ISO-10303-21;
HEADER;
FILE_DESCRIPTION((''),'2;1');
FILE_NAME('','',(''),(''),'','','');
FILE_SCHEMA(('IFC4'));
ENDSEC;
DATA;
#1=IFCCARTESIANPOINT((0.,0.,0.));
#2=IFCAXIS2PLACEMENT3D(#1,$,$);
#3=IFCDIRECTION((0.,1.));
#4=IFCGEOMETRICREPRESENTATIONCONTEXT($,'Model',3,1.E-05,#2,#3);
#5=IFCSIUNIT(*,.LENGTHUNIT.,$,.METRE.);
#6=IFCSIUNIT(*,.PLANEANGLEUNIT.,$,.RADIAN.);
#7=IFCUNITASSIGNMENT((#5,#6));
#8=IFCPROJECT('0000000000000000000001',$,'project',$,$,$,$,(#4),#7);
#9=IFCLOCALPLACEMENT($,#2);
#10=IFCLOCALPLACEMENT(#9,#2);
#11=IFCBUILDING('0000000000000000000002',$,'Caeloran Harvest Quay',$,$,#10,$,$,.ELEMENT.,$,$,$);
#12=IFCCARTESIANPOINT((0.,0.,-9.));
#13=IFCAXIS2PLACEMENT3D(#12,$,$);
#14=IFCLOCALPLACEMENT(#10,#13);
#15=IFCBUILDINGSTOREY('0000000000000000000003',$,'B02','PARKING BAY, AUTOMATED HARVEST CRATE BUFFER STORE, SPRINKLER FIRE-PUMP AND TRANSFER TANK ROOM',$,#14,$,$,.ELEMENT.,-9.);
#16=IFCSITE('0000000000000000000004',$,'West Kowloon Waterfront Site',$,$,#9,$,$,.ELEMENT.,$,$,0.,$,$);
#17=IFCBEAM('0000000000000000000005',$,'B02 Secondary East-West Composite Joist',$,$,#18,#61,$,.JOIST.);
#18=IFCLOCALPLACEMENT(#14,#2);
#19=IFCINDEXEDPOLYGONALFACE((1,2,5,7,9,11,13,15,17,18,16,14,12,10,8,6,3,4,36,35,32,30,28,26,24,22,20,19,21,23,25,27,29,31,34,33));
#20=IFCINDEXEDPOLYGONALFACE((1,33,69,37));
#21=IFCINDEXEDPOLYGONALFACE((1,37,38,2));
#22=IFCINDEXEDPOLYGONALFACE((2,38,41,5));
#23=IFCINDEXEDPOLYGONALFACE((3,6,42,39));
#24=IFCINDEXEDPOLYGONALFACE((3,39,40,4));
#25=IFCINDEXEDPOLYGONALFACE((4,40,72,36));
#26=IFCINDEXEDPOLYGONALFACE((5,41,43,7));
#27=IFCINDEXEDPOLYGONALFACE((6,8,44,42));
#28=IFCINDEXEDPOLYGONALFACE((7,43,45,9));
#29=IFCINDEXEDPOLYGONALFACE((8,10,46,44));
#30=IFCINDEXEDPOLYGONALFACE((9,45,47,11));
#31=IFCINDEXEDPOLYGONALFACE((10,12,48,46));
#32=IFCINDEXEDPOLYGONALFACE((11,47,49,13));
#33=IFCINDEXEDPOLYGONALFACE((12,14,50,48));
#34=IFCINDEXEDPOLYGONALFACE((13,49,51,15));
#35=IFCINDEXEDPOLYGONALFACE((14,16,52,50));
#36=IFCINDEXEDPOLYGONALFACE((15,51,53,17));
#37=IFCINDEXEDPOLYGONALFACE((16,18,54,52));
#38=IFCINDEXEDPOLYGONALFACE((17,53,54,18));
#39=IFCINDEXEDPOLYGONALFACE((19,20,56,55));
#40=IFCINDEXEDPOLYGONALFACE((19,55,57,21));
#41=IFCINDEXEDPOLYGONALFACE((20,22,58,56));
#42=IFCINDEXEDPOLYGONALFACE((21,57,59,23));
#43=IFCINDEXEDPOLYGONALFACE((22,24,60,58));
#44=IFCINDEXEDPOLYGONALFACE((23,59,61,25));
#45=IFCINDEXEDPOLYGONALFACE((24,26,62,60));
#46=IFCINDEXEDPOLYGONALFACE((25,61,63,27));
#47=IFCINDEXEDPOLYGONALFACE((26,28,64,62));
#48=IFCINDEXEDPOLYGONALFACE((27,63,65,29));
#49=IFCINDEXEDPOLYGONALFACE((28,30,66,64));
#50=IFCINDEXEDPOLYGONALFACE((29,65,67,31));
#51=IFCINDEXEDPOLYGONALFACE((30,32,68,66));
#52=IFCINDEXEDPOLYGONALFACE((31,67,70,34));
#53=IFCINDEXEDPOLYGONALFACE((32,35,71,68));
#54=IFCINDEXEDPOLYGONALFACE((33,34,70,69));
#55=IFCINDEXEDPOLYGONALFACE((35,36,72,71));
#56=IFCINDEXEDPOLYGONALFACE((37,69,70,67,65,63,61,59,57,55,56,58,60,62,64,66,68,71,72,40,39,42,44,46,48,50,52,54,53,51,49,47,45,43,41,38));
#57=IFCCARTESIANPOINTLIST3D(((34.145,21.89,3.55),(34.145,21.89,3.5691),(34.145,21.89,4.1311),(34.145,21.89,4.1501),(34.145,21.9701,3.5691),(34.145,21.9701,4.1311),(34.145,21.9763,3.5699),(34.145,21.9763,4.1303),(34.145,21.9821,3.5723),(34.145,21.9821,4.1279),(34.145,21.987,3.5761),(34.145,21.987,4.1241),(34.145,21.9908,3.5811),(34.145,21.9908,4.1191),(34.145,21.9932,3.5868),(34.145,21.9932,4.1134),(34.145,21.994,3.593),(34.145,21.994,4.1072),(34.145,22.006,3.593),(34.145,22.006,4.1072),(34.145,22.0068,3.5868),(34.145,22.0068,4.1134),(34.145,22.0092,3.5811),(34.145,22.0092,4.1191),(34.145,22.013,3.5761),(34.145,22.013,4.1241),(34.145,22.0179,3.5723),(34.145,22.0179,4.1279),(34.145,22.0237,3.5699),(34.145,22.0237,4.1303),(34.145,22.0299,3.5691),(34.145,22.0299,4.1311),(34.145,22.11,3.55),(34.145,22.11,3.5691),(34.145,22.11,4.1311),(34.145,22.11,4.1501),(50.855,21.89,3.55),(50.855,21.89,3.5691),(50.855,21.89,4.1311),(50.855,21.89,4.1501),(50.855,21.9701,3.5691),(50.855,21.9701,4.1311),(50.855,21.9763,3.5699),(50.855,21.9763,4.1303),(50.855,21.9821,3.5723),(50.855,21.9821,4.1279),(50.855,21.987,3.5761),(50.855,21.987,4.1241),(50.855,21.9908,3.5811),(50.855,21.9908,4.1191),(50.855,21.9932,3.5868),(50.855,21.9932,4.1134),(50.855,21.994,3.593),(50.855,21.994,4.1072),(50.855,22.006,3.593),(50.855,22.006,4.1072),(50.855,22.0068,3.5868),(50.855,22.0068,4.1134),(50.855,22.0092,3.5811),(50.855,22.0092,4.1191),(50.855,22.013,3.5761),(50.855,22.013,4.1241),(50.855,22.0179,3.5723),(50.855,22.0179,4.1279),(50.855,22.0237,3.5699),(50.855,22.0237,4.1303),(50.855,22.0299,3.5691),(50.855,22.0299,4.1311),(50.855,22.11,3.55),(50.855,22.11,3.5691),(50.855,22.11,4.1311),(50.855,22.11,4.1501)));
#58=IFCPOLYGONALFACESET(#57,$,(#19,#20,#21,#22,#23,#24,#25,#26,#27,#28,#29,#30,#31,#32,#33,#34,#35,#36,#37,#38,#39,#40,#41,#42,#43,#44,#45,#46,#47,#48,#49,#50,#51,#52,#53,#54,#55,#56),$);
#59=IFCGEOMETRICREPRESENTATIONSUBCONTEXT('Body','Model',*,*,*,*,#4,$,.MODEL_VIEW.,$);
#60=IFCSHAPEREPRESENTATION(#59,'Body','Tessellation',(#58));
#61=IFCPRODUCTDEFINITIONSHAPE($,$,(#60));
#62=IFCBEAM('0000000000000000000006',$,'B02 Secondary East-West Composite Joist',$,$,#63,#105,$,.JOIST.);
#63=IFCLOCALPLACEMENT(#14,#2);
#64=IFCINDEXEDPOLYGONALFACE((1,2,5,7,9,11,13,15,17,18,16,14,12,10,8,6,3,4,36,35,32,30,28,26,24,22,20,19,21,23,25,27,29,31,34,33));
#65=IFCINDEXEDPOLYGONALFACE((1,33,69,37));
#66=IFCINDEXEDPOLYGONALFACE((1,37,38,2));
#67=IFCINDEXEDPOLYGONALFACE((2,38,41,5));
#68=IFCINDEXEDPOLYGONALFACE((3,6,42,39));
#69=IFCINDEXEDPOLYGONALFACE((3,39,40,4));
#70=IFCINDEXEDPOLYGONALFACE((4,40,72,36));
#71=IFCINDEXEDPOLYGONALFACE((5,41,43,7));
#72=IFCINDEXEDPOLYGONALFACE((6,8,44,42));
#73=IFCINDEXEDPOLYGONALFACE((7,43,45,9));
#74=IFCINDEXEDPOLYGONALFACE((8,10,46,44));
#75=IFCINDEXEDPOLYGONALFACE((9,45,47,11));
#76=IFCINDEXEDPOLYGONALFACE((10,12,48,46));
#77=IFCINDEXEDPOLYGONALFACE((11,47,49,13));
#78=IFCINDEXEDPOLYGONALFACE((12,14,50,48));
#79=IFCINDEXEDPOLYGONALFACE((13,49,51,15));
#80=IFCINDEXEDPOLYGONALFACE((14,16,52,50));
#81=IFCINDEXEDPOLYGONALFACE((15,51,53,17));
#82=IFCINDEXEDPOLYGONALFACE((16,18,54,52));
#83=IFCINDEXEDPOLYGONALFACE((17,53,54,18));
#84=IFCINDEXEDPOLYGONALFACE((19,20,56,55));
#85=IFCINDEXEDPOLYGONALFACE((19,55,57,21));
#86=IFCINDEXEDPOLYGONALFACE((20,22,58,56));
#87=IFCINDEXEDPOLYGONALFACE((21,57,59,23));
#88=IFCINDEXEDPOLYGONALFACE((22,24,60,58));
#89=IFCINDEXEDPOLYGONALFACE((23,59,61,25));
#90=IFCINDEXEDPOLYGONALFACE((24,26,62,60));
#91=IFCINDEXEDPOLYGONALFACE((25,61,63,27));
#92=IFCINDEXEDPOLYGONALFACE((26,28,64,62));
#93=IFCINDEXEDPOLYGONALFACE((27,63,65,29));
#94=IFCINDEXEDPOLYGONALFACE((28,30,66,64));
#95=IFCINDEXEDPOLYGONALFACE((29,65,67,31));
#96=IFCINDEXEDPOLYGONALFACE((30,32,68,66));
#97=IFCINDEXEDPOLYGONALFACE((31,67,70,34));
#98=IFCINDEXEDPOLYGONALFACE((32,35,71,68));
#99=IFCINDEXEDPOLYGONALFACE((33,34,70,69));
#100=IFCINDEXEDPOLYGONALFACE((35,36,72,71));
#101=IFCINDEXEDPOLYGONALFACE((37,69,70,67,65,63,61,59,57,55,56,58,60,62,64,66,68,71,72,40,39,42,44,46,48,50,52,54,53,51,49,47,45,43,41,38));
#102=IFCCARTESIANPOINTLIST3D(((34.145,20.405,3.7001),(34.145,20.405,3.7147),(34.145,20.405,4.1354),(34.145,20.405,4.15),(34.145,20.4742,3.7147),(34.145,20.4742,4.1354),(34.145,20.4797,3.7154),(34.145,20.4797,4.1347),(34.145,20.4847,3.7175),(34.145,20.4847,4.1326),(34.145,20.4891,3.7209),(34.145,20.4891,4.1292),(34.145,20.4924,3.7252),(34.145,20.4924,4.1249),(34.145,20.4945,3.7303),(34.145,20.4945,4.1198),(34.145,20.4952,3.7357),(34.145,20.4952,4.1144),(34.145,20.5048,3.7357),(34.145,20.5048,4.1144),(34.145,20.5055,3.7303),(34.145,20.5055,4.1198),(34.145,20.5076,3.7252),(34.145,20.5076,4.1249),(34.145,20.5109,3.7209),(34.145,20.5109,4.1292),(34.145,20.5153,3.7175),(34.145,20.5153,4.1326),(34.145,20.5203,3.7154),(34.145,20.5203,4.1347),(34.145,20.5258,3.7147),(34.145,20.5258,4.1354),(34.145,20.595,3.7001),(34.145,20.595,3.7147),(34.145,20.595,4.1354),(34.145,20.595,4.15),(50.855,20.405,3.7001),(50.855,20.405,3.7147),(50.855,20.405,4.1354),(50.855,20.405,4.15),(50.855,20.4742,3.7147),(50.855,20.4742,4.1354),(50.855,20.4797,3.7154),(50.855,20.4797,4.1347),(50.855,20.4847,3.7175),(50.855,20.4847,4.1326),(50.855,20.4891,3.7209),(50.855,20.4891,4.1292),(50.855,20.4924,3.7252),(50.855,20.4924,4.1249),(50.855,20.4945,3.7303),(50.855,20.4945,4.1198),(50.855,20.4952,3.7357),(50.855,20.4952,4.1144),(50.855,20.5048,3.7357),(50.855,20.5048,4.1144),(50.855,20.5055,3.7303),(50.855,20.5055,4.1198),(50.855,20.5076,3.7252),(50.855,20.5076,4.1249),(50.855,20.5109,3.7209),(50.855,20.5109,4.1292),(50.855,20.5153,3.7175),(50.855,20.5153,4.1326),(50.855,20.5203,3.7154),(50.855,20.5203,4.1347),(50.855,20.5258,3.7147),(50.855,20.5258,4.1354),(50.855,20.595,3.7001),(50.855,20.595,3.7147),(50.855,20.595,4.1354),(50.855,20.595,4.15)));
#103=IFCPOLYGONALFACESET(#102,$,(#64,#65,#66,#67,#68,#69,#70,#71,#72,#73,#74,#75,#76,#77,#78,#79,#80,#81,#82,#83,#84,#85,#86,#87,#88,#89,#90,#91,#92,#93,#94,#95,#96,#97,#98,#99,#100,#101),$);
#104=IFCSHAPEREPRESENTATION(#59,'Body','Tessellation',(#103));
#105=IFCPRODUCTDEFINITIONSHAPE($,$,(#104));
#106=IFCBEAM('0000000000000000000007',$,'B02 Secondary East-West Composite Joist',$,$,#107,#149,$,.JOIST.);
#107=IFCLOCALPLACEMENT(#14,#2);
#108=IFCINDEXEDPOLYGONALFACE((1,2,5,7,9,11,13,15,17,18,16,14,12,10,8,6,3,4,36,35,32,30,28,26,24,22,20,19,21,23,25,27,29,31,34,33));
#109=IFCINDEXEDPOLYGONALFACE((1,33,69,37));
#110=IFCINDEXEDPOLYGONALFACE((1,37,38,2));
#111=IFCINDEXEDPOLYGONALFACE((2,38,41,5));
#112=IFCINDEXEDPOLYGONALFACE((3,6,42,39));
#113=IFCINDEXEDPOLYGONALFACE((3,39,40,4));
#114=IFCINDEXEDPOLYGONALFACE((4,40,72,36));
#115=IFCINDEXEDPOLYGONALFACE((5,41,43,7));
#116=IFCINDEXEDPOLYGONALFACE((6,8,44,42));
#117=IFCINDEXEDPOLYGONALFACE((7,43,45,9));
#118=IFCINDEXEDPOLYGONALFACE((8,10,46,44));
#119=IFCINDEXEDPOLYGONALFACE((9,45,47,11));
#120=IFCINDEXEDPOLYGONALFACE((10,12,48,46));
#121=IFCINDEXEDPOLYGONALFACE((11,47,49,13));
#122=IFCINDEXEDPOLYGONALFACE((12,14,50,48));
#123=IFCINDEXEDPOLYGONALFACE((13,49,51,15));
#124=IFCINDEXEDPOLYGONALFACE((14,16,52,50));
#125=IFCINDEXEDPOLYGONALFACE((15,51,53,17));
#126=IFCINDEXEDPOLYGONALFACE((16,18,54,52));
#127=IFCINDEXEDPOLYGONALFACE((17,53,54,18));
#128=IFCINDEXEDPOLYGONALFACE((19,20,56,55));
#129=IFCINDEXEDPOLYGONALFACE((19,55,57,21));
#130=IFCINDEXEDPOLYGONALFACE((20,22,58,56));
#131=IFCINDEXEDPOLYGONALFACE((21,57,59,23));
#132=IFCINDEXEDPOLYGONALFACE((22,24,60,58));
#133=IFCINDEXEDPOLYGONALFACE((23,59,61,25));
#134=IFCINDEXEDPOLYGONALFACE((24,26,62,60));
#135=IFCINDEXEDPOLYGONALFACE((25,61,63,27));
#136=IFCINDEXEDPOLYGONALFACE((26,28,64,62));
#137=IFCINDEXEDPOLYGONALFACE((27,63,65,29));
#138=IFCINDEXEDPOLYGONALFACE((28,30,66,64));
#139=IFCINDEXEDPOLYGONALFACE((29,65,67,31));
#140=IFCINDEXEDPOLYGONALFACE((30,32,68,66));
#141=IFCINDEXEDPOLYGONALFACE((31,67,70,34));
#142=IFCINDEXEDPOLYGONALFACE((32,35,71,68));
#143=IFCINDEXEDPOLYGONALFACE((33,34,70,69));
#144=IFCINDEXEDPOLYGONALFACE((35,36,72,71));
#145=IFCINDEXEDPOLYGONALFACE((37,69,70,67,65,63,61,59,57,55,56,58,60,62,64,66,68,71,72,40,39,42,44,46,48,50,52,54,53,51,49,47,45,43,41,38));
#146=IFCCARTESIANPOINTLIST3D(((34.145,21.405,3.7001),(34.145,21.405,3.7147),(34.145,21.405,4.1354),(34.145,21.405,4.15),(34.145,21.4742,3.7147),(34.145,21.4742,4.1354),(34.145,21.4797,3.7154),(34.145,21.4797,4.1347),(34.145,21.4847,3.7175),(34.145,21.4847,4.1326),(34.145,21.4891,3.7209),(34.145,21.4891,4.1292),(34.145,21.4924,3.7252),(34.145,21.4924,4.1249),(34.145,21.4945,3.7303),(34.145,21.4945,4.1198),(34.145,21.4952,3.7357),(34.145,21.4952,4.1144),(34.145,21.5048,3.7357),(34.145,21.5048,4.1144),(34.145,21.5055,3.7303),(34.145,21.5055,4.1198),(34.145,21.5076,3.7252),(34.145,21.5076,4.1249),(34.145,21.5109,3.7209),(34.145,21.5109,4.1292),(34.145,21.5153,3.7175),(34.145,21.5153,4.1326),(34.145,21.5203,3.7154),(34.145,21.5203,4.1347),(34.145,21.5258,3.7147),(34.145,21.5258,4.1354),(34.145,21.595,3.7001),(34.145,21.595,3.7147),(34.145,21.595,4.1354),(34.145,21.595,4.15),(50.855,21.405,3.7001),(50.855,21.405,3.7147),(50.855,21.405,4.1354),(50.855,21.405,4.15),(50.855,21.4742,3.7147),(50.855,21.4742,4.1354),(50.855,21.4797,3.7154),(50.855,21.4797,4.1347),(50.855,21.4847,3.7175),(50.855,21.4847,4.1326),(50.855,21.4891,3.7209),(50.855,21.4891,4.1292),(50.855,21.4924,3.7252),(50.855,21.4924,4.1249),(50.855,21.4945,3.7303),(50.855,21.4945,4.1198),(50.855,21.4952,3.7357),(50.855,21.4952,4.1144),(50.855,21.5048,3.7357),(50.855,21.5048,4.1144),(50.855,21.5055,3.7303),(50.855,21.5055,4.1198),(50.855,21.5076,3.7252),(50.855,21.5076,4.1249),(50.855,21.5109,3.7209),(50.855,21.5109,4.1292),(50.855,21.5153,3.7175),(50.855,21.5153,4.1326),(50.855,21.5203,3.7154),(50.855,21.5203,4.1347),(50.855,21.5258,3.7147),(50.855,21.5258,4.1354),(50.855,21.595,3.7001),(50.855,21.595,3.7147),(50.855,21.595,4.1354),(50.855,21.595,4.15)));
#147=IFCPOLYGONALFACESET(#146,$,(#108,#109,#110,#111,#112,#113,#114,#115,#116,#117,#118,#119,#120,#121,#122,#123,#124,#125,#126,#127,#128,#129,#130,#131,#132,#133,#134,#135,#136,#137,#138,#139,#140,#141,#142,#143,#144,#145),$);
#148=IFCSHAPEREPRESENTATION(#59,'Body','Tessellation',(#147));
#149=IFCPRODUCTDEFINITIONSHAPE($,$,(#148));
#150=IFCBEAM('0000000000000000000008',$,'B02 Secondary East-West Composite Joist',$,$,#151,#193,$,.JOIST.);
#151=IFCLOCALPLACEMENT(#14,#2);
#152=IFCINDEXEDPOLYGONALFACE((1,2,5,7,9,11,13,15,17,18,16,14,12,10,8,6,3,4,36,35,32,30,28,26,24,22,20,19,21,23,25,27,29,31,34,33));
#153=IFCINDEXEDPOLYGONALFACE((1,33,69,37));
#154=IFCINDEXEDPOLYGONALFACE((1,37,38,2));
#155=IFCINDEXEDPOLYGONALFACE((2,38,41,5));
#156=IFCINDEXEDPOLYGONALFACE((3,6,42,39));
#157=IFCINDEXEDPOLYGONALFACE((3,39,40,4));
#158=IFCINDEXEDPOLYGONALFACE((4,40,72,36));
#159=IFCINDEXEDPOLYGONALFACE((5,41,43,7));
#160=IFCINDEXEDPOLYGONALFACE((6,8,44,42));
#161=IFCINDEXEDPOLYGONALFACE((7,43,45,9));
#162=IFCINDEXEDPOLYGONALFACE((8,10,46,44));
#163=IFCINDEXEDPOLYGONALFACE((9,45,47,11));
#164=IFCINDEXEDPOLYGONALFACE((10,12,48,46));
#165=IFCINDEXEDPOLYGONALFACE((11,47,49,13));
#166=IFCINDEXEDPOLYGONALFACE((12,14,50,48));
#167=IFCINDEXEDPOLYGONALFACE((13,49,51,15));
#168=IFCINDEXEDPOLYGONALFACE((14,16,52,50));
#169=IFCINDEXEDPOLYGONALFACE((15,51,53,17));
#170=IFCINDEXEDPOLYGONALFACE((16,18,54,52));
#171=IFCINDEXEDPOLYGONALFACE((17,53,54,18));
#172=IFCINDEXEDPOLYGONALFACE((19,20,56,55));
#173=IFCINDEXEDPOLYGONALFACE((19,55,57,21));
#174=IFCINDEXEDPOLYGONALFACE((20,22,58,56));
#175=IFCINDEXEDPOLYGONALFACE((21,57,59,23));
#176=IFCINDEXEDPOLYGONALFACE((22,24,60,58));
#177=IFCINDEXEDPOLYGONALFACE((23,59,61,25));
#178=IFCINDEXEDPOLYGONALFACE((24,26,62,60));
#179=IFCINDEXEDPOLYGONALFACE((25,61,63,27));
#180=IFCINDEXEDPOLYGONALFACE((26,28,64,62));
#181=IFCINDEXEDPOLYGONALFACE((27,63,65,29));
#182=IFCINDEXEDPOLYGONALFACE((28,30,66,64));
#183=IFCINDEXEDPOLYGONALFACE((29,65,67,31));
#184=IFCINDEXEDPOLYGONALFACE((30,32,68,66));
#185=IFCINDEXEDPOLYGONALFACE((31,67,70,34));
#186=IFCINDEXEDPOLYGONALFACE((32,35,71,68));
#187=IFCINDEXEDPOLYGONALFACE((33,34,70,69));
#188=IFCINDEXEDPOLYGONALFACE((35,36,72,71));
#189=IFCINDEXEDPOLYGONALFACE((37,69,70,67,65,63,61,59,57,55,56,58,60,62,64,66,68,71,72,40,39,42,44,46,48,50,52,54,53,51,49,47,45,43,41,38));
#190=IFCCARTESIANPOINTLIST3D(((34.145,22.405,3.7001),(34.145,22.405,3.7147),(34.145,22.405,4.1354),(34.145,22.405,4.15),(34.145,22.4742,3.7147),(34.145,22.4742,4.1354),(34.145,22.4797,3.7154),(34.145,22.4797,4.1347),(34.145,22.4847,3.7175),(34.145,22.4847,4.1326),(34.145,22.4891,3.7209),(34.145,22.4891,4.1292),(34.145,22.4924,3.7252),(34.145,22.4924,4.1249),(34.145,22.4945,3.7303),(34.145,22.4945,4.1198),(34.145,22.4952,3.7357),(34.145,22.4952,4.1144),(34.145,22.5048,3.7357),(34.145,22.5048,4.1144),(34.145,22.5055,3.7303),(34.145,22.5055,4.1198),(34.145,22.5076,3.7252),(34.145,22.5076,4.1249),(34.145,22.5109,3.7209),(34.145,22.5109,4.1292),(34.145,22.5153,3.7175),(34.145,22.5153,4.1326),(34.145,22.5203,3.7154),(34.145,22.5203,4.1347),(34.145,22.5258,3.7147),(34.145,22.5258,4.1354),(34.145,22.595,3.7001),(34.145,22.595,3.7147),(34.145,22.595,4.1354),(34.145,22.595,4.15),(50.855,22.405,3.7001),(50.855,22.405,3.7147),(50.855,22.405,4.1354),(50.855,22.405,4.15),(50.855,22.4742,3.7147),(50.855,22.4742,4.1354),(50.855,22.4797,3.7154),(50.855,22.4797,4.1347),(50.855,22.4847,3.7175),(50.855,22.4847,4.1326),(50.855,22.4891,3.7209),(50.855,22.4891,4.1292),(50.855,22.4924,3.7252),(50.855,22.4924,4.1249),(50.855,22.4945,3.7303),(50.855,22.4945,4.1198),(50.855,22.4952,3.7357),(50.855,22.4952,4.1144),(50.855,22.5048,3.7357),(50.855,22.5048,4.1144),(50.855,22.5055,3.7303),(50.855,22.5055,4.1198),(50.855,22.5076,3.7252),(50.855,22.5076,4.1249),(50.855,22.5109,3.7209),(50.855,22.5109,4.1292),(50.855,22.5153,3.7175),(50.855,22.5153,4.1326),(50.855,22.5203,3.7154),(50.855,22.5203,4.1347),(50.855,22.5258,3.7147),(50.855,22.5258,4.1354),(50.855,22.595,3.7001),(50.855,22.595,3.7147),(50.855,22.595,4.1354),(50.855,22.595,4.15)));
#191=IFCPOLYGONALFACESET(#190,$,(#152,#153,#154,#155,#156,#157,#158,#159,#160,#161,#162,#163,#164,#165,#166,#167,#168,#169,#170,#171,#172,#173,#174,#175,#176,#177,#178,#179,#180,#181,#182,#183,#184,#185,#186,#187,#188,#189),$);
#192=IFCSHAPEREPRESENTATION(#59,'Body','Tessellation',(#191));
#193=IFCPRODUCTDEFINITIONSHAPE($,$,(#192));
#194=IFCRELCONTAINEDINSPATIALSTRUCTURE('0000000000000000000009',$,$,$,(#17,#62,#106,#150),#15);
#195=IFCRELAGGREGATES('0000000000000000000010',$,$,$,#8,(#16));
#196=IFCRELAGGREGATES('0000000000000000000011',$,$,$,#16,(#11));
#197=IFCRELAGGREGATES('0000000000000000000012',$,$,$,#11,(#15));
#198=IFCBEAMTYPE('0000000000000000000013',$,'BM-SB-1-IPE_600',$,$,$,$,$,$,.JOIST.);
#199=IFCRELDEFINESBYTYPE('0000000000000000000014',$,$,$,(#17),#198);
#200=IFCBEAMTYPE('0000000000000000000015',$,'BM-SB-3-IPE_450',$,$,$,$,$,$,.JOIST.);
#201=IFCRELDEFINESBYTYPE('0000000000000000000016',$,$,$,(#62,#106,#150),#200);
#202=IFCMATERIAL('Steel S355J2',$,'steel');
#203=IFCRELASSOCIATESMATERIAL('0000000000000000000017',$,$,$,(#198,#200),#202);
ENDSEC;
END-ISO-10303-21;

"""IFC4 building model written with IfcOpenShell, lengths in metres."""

from ifc_helpers import new_model, si_unit, direction, frame, origin, origin_2d, place, context, subcontext, project, spatial, i_section, extrude, material, material_profile, profile_set, type_object, element, save


model = new_model("IFC4")

# Units and contexts
model_context = context("Model", 3, precision=1e-05, world=origin(), true_north=direction((0.0, 1.0)))
body_context = subcontext(model_context, "Body", "Model", "MODEL_VIEW")
ifc_project = project(units=[si_unit("LENGTHUNIT", "METRE"), si_unit("PLANEANGLEUNIT", "RADIAN")], contexts=[model_context])

# Site, building, storey
site_placement = place(None, origin())
site = spatial("IfcSite", under=ifc_project, at=site_placement, Name="West Kowloon Waterfront Site", CompositionType="ELEMENT", RefElevation=0.0)
building_placement = place(site_placement, origin())
building = spatial("IfcBuilding", under=site, at=building_placement, Name="Caeloran Harvest Quay", CompositionType="ELEMENT")
storey_placement = place(building_placement, frame((0.0, 0.0, -9.0)))
storey = spatial("IfcBuildingStorey", under=building, at=storey_placement, Name="B02", Description="PARKING BAY, AUTOMATED HARVEST CRATE BUFFER STORE, SPRINKLER FIRE-PUMP AND TRANSFER TANK ROOM", CompositionType="ELEMENT", Elevation=-9.0)

# Beams
ifc_material_1 = material(Name="Steel S355J2", Category="steel")
ifc_material_profile_1 = material_profile(ifc_material_1, i_section(OverallWidth=0.22, OverallDepth=0.6001, WebThickness=0.012, FlangeThickness=0.019, FilletRadius=0.0239, at=origin_2d()), Name="IPE 600")
ifc_profile_set_1 = profile_set([ifc_material_profile_1], Name="Steel S355J2")
beam_type_1 = type_object("IfcBeamType", Name="BM-SB-1-IPE_600", PredefinedType="JOIST", material=ifc_profile_set_1)
for number, where, z_axis, x_axis, name in (
    (1, (34.145, 22.0, 3.8501), (1.0, 0.0, 0.0), (0.0, 1.0, 0.0), "B02 Secondary East-West Composite Joist"),
):
    element("IfcBeam", number, at=place(storey_placement, frame(where, z_axis=z_axis, x_axis=x_axis)), inside=storey, type_object=beam_type_1, Name=name, PredefinedType="JOIST", context=body_context, shape_type="SweptSolid", body=[
        extrude(i_section(OverallWidth=0.22, OverallDepth=0.6001, WebThickness=0.012, FlangeThickness=0.019, FilletRadius=0.0239, at=origin_2d()), origin(), (0.0, 0.0, 1.0), 16.71),
    ])
ifc_material_profile_2 = material_profile(ifc_material_1, i_section(OverallWidth=0.1899, OverallDepth=0.45, WebThickness=0.0095, FlangeThickness=0.0146, FilletRadius=0.021, at=origin_2d()), Name="IPE 450")
ifc_profile_set_2 = profile_set([ifc_material_profile_2], Name="Steel S355J2")
beam_type_2 = type_object("IfcBeamType", Name="BM-SB-3-IPE_450", PredefinedType="JOIST", material=ifc_profile_set_2)
for number, where, z_axis, x_axis, name in (
    (2, (34.145, 20.5, 3.925), (1.0, 0.0, 0.0), (0.0, 1.0, 0.0), "B02 Secondary East-West Composite Joist"),
    (3, (34.145, 21.5, 3.925), (1.0, 0.0, 0.0), (0.0, 1.0, 0.0), "B02 Secondary East-West Composite Joist"),
    (4, (34.145, 22.5, 3.925), (1.0, 0.0, 0.0), (0.0, 1.0, 0.0), "B02 Secondary East-West Composite Joist"),
):
    element("IfcBeam", number, at=place(storey_placement, frame(where, z_axis=z_axis, x_axis=x_axis)), inside=storey, type_object=beam_type_2, Name=name, PredefinedType="JOIST", context=body_context, shape_type="SweptSolid", body=[
        extrude(i_section(OverallWidth=0.1899, OverallDepth=0.45, WebThickness=0.0095, FlangeThickness=0.0146, FilletRadius=0.021, at=origin_2d()), origin(), (0.0, 0.0, 1.0), 16.71),
    ])

save(model, "model.ifc")
